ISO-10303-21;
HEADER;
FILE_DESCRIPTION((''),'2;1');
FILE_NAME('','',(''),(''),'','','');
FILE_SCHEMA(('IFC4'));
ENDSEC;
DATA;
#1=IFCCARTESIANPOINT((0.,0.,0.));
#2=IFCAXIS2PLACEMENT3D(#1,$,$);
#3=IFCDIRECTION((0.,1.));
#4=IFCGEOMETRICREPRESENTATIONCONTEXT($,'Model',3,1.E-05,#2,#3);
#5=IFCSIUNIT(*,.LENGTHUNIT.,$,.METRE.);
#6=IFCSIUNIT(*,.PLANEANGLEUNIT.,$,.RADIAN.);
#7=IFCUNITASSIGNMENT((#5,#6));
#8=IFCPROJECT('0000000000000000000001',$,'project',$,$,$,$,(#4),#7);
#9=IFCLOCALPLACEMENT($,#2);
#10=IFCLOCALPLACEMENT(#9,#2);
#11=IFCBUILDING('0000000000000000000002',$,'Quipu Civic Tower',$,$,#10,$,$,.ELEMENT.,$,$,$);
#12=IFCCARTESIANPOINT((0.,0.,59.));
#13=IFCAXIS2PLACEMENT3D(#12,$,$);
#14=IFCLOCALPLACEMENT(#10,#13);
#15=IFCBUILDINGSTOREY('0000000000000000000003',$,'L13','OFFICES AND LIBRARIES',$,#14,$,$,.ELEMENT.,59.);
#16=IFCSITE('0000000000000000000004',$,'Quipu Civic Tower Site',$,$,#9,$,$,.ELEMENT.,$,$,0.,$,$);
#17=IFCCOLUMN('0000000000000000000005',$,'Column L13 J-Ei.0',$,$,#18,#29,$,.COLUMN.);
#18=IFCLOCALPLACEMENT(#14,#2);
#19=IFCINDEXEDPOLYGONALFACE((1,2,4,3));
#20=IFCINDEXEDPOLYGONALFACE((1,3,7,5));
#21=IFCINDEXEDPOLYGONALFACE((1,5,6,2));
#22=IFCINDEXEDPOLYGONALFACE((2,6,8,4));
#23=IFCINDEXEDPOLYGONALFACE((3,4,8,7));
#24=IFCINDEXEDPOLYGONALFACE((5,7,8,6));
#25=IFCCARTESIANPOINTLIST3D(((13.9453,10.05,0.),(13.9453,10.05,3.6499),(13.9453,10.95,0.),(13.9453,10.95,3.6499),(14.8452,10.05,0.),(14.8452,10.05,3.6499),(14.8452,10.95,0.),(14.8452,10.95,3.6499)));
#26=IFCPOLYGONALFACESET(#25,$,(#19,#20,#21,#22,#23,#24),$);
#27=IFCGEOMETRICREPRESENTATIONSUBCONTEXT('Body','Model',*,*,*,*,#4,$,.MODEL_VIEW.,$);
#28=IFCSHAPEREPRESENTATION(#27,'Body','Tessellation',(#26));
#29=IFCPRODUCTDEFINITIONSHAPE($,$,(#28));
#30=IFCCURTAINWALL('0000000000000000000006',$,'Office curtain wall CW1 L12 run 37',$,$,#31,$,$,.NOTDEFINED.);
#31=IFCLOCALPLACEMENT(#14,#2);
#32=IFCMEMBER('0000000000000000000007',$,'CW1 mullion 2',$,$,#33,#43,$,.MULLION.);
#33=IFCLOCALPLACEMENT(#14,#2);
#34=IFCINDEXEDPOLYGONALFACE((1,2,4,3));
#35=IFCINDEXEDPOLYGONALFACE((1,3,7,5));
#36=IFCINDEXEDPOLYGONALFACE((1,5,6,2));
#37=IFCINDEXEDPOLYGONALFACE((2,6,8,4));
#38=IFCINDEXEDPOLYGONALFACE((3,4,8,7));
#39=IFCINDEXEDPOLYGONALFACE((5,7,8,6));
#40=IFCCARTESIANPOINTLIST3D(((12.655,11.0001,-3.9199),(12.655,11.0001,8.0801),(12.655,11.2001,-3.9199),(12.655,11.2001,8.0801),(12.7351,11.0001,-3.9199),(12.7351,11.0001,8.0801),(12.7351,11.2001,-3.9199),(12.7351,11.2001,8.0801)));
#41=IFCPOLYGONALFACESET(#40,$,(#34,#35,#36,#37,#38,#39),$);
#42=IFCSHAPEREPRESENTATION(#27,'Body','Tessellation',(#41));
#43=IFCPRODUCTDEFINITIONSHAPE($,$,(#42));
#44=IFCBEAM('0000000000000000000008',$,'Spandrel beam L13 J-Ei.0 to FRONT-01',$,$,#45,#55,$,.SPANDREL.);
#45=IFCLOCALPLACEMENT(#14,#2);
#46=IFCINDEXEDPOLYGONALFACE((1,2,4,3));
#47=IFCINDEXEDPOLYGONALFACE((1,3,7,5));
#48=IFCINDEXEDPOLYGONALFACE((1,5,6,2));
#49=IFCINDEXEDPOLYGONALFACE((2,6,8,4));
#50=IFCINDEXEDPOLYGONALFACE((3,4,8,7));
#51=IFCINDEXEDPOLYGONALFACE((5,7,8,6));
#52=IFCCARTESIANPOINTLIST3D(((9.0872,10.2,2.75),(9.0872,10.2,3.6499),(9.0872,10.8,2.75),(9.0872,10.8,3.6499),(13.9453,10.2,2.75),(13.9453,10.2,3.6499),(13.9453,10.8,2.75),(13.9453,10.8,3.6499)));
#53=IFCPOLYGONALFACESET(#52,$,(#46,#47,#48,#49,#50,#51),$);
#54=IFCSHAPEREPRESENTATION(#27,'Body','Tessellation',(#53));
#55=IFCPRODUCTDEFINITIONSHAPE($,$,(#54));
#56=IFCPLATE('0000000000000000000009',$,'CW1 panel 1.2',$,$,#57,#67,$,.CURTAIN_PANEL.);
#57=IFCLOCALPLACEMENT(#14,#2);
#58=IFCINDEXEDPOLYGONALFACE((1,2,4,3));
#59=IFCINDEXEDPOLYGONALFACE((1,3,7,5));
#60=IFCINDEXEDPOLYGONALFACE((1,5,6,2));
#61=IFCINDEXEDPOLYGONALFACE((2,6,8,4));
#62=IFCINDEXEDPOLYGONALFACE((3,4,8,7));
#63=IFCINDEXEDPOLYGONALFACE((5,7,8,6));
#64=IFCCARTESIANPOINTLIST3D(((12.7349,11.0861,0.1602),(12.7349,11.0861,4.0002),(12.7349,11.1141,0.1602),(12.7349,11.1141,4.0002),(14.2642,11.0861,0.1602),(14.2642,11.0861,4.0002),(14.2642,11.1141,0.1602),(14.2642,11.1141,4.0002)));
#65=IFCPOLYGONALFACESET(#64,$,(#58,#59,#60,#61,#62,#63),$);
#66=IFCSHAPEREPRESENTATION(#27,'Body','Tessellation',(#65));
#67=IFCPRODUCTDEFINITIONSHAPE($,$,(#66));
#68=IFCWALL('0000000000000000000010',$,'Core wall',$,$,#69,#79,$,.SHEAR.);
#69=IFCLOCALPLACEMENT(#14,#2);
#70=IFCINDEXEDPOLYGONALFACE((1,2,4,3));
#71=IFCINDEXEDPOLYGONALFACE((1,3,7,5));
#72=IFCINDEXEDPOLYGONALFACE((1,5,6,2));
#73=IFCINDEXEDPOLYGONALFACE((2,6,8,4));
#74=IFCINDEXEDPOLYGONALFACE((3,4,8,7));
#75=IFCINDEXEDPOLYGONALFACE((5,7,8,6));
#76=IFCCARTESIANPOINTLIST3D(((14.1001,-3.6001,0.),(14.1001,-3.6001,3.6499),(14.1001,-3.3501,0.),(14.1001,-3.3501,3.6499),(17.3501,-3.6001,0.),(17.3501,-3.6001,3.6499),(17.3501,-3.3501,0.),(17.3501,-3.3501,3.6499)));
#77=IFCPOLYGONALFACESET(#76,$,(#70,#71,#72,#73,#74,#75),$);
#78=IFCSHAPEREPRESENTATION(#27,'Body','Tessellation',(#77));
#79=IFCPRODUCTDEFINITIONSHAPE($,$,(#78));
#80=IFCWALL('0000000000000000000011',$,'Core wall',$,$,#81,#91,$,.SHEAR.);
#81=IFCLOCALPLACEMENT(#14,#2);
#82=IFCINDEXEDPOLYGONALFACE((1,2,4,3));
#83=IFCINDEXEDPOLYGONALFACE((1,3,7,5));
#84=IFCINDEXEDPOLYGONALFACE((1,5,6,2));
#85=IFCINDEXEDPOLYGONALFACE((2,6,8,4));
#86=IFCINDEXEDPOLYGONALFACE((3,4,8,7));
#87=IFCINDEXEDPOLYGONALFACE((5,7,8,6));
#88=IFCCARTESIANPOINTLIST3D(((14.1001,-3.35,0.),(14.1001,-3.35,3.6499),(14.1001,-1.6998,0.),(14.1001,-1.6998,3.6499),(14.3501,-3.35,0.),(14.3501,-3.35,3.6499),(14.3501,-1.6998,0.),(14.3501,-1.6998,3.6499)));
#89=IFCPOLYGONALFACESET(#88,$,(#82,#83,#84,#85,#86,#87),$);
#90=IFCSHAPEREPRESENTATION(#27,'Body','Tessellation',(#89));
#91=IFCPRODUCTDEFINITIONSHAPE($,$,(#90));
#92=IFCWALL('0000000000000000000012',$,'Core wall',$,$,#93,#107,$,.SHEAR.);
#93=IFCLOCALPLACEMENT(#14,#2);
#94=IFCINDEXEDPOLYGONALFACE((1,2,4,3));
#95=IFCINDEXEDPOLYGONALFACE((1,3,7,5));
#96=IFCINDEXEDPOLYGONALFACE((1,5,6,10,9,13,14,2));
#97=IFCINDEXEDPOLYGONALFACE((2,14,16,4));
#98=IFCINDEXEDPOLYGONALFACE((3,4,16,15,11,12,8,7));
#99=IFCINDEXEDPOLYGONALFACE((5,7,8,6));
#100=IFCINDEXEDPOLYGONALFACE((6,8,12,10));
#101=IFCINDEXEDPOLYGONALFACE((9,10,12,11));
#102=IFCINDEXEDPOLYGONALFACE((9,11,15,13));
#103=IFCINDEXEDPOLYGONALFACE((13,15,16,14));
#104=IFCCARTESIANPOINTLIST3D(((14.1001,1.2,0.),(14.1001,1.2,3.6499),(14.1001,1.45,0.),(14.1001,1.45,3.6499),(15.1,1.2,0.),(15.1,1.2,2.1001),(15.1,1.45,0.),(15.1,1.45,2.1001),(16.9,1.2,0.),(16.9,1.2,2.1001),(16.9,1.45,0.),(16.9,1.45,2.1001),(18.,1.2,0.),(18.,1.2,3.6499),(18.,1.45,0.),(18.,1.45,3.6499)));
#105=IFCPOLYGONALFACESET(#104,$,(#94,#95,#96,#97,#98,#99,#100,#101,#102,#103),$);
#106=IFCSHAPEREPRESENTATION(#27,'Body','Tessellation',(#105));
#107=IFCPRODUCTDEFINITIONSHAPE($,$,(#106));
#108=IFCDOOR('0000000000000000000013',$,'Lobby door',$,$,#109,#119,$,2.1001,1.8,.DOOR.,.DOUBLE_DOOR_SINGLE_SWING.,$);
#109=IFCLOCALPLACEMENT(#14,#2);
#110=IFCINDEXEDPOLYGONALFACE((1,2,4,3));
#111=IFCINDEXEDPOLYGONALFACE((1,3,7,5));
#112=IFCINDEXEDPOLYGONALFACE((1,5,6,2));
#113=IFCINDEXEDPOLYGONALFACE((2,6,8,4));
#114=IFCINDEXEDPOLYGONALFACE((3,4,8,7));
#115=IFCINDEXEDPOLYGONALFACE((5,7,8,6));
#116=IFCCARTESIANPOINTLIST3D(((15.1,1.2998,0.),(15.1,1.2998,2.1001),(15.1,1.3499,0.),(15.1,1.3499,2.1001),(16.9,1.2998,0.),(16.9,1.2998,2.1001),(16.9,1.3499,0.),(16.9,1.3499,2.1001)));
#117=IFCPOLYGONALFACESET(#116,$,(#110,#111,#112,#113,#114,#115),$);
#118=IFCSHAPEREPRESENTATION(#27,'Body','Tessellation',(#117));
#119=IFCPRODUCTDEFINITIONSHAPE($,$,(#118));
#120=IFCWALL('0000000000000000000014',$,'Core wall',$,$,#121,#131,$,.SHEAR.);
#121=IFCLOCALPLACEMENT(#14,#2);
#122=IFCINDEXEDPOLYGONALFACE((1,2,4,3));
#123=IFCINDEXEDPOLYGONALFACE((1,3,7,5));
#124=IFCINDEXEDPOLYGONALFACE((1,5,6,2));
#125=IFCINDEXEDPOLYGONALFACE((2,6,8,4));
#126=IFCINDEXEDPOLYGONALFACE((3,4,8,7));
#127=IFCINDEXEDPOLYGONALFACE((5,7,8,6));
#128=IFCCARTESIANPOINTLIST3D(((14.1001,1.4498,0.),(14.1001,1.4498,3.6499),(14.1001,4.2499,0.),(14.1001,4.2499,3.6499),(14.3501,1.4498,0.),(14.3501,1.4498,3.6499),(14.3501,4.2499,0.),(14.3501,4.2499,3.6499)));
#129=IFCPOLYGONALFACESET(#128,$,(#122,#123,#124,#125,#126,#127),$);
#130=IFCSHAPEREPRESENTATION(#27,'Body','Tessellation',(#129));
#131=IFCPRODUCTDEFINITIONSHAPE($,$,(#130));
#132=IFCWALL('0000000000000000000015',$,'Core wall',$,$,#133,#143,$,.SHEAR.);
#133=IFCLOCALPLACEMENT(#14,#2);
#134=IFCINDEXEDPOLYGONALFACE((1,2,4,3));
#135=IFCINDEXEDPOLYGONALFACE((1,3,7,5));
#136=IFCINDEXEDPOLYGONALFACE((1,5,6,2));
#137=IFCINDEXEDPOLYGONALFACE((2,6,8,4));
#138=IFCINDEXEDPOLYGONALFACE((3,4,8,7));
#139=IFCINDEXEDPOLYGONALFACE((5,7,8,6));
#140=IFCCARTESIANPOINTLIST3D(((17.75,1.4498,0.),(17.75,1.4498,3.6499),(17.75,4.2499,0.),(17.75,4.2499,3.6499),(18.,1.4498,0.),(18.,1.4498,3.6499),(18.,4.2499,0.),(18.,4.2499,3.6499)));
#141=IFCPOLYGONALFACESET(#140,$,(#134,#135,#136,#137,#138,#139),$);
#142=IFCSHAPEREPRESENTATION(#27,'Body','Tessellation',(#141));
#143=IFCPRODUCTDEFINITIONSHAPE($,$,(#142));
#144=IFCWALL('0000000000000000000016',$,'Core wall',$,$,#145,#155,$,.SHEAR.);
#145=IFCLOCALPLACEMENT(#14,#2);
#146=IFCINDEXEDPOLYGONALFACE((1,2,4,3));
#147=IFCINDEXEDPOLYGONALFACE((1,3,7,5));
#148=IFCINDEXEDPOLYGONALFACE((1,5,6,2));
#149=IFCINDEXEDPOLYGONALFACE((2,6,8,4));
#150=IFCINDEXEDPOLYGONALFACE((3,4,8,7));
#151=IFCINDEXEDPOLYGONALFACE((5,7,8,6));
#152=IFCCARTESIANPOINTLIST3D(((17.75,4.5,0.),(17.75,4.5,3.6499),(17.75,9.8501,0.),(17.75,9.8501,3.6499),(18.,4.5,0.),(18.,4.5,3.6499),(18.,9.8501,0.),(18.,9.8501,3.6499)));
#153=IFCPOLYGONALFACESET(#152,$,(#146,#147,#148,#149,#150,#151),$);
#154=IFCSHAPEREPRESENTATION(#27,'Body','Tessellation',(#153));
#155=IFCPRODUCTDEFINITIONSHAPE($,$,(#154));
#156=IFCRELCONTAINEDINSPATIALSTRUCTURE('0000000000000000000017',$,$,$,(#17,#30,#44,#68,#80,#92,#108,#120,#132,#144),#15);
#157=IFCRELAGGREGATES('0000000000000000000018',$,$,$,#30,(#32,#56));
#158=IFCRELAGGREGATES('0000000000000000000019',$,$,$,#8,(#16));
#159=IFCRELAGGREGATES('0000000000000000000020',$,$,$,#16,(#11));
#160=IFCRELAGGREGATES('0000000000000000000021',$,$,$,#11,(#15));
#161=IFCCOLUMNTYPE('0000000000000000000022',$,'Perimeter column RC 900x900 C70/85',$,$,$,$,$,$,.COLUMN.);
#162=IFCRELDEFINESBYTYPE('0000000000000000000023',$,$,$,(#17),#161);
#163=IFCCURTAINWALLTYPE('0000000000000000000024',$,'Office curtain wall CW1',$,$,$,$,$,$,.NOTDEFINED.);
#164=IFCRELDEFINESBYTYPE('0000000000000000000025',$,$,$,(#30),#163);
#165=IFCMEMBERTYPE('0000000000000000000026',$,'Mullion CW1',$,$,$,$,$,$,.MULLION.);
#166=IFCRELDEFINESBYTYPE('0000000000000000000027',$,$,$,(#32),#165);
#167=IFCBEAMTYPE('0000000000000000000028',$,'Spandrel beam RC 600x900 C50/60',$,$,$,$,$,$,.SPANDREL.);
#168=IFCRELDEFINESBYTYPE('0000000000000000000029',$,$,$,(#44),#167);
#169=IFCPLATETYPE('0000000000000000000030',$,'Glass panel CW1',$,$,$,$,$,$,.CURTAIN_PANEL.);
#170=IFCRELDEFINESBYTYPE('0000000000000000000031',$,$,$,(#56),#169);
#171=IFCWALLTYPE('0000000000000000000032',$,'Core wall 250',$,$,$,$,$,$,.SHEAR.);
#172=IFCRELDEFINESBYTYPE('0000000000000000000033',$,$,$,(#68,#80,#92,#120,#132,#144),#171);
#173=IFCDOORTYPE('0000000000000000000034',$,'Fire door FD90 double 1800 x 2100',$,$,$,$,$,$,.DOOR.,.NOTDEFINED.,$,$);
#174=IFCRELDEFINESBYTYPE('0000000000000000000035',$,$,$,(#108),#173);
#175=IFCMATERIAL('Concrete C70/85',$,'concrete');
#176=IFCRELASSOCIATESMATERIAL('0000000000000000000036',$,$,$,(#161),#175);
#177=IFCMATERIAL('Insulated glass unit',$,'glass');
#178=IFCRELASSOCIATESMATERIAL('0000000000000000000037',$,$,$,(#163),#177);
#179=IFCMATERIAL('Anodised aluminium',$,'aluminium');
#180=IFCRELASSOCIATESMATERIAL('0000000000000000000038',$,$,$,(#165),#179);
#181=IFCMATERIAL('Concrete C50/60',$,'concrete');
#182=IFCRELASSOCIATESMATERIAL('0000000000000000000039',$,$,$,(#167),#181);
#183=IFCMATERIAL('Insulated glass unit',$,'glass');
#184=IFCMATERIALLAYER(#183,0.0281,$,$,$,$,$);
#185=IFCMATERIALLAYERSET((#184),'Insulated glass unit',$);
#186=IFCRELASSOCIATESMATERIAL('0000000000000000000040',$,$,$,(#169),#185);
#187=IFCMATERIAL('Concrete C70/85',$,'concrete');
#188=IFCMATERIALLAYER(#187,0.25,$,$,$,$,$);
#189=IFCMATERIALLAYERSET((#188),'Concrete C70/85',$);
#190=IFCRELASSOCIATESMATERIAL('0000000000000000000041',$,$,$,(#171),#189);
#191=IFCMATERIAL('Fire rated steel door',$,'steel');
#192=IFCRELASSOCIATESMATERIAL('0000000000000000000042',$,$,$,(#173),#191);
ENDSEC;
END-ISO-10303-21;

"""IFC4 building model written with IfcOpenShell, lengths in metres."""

from ifc_helpers import new_model, si_unit, direction, frame, frame_2d, origin, origin_2d, place, context, subcontext, project, spatial, rectangle, extrude, material, layer, layer_set, material_profile, profile_set, type_object, element, fill, aggregate, save


model = new_model("IFC4")

# Units and contexts
model_context = context("Model", 3, precision=1e-05, world=origin(), true_north=direction((0.0, 1.0)))
body_context = subcontext(model_context, "Body", "Model", "MODEL_VIEW")
ifc_project = project(units=[si_unit("LENGTHUNIT", "METRE"), si_unit("PLANEANGLEUNIT", "RADIAN")], contexts=[model_context])

# Site, building, storey
site_placement = place(None, origin())
site = spatial("IfcSite", under=ifc_project, at=site_placement, Name="Quipu Civic Tower Site", CompositionType="ELEMENT", RefElevation=0.0)
building_placement = place(site_placement, origin())
building = spatial("IfcBuilding", under=site, at=building_placement, Name="Quipu Civic Tower", CompositionType="ELEMENT")
storey_placement = place(building_placement, frame((0.0, 0.0, 59.0)))
storey = spatial("IfcBuildingStorey", under=building, at=storey_placement, Name="L13", Description="OFFICES AND LIBRARIES", CompositionType="ELEMENT", Elevation=59.0)

# Column
ifc_material_1 = material(Name="Concrete C70/85", Category="concrete")
ifc_material_profile_1 = material_profile(ifc_material_1, rectangle(XDim=0.8999, YDim=0.8999, at=origin_2d()), Name="RC900x900")
ifc_profile_set_1 = profile_set([ifc_material_profile_1], Name="Concrete C70/85")
column_type = type_object("IfcColumnType", Name="Perimeter column RC 900x900 C70/85", PredefinedType="COLUMN", material=ifc_profile_set_1)
column_placement = place(storey_placement, frame((14.3953, 10.5, 0.0), z_axis=(0.0, 0.0, 1.0), x_axis=(-1.0, 0.0, 0.0)))
element("IfcColumn", 1, at=column_placement, inside=storey, type_object=column_type, Name="Column L13 J-Ei.0", PredefinedType="COLUMN", context=body_context, shape_type="SweptSolid", body=[
    extrude(rectangle(XDim=0.8999, YDim=0.8999, at=origin_2d()), origin(), (0.0, 0.0, 1.0), 3.6499),
])

# Curtain wall, member
ifc_material_2 = material(Name="Insulated glass unit", Category="glass")
curtain_wall_type = type_object("IfcCurtainWallType", Name="Office curtain wall CW1", PredefinedType="NOTDEFINED", material=ifc_material_2)
curtain_wall_placement = place(storey_placement, origin())
curtain_wall = element("IfcCurtainWall", 2, at=curtain_wall_placement, inside=storey, type_object=curtain_wall_type, Name="Office curtain wall CW1 L12 run 37", PredefinedType="NOTDEFINED")
ifc_material_3 = material(Name="Anodised aluminium", Category="aluminium")
ifc_material_profile_2 = material_profile(ifc_material_3, rectangle(XDim=0.2, YDim=0.0801, at=origin_2d()), Name="RECT 200x80")
ifc_profile_set_2 = profile_set([ifc_material_profile_2], Name="Anodised aluminium")
member_type = type_object("IfcMemberType", Name="Mullion CW1", PredefinedType="MULLION", material=ifc_profile_set_2)
member_placement = place(storey_placement, frame((12.6951, 11.1001, -3.9199), z_axis=(0.0, 0.0, 1.0), x_axis=(0.0, -1.0, 0.0)))
member = element("IfcMember", 3, at=member_placement, type_object=member_type, Name="CW1 mullion 2", PredefinedType="MULLION", context=body_context, shape_type="SweptSolid", body=[
    extrude(rectangle(XDim=0.2, YDim=0.0801, at=origin_2d()), origin(), (0.0, 0.0, 1.0), 12.0),
])

# Beam
ifc_material_4 = material(Name="Concrete C50/60", Category="concrete")
ifc_material_profile_3 = material_profile(ifc_material_4, rectangle(XDim=0.6001, YDim=0.8999, at=origin_2d()), Name="RC600x900")
ifc_profile_set_3 = profile_set([ifc_material_profile_3], Name="Concrete C50/60")
beam_type = type_object("IfcBeamType", Name="Spandrel beam RC 600x900 C50/60", PredefinedType="SPANDREL", material=ifc_profile_set_3)
beam_placement = place(storey_placement, frame((13.9453, 10.5, 3.2), z_axis=(-1.0, 0.0, 0.0), x_axis=(0.0, -1.0, 0.0)))
element("IfcBeam", 4, at=beam_placement, inside=storey, type_object=beam_type, Name="Spandrel beam L13 J-Ei.0 to FRONT-01", PredefinedType="SPANDREL", context=body_context, shape_type="SweptSolid", body=[
    extrude(rectangle(XDim=0.6001, YDim=0.8999, at=origin_2d()), origin(), (0.0, 0.0, 1.0), 4.8582),
])

# Plate
ifc_material_5 = material(Name="Insulated glass unit", Category="glass")
ifc_layer_1 = layer(ifc_material_5, 0.0281)
ifc_layer_set_1 = layer_set([ifc_layer_1], Name="Insulated glass unit")
plate_type = type_object("IfcPlateType", Name="Glass panel CW1", PredefinedType="CURTAIN_PANEL", material=ifc_layer_set_1)
plate_placement = place(storey_placement, frame((13.4995, 11.1001, 0.1602), z_axis=(0.0, 0.0, 1.0), x_axis=(-1.0, 0.0, 0.0)))
plate = element("IfcPlate", 5, at=plate_placement, type_object=plate_type, Name="CW1 panel 1.2", PredefinedType="CURTAIN_PANEL", context=body_context, shape_type="SweptSolid", body=[
    extrude(rectangle(XDim=1.5293, YDim=0.0281, at=origin_2d()), origin(), (0.0, 0.0, 1.0), 3.8401),
])
aggregate(curtain_wall, [member, plate])

# Walls
ifc_material_6 = material(Name="Concrete C70/85", Category="concrete")
ifc_layer_2 = layer(ifc_material_6, 0.25)
ifc_layer_set_2 = layer_set([ifc_layer_2], Name="Concrete C70/85")
wall_type_1 = type_object("IfcWallType", Name="Core wall 250", PredefinedType="SHEAR", material=ifc_layer_set_2)
wall_1_placement = place(storey_placement, frame((14.1001, -3.4751, 0.0), z_axis=(0.0, 0.0, 1.0), x_axis=(1.0, 0.0, 0.0)))
element("IfcWall", 6, at=wall_1_placement, inside=storey, type_object=wall_type_1, Name="Core wall", PredefinedType="SHEAR", context=body_context, shape_type="SweptSolid", body=[
    extrude(rectangle(XDim=3.25, YDim=0.25, at=frame_2d((1.625, 0.0))), origin(), (0.0, 0.0, 1.0), 3.6499),
])
wall_2_placement = place(storey_placement, frame((14.2251, -3.3501, 0.0), z_axis=(0.0, 0.0, 1.0), x_axis=(0.0, 1.0, 0.0)))
element("IfcWall", 7, at=wall_2_placement, inside=storey, type_object=wall_type_1, Name="Core wall", PredefinedType="SHEAR", context=body_context, shape_type="SweptSolid", body=[
    extrude(rectangle(XDim=1.6501, YDim=0.25, at=frame_2d((0.8252, 0.0))), origin(), (0.0, 0.0, 1.0), 3.6499),
])

# Wall, opening, door
wall_3_placement = place(storey_placement, frame((14.1001, 1.325, 0.0), z_axis=(0.0, 0.0, 1.0), x_axis=(1.0, 0.0, 0.0)))
wall_3 = element("IfcWall", 8, at=wall_3_placement, inside=storey, type_object=wall_type_1, Name="Core wall", PredefinedType="SHEAR", context=body_context, shape_type="SweptSolid", body=[
    extrude(rectangle(XDim=3.8999, YDim=0.25, at=frame_2d((1.95, 0.0))), origin(), (0.0, 0.0, 1.0), 3.6499),
])
opening_1_placement = place(wall_3_placement, frame((1.0, 0.0, 0.0)))
opening_1 = element("IfcOpeningElement", 9, at=opening_1_placement, cuts=wall_3, PredefinedType="OPENING", context=body_context, shape_type="SweptSolid", body=[
    extrude(rectangle(XDim=1.8, YDim=2.1001, at=frame_2d((0.8999, 1.05))), frame((0.0, 0.135, 0.0), z_axis=(0.0, -1.0, 0.0), x_axis=(1.0, 0.0, 0.0)), (0.0, 0.0, 1.0), 0.27),
])
ifc_material_7 = material(Name="Fire rated steel door", Category="steel")
door_type_1 = type_object("IfcDoorType", Name="Fire door FD90 double 1800 x 2100", OperationType="NOTDEFINED", PredefinedType="DOOR", material=ifc_material_7)
door_1_placement = place(opening_1_placement, origin())
door_1 = element("IfcDoor", 10, at=door_1_placement, inside=storey, type_object=door_type_1, Name="Lobby door", OperationType="DOUBLE_DOOR_SINGLE_SWING", OverallHeight=2.1001, OverallWidth=1.8, PredefinedType="DOOR", context=body_context, shape_type="SweptSolid", body=[
    extrude(rectangle(XDim=1.8, YDim=2.1001, at=frame_2d((0.8999, 1.05))), frame((0.0, 0.0249, 0.0), z_axis=(0.0, -1.0, 0.0), x_axis=(1.0, 0.0, 0.0)), (0.0, 0.0, 1.0), 0.05),
])
fill(opening_1, door_1)

# Walls
for number, where, z_axis, x_axis, name in (
    (11, (14.2251, 1.45, 0.0), (0.0, 0.0, 1.0), (0.0, 1.0, 0.0), "Core wall"),
    (12, (17.875, 1.45, 0.0), (0.0, 0.0, 1.0), (0.0, 1.0, 0.0), "Core wall"),
):
    element("IfcWall", number, at=place(storey_placement, frame(where, z_axis=z_axis, x_axis=x_axis)), inside=storey, type_object=wall_type_1, Name=name, PredefinedType="SHEAR", context=body_context, shape_type="SweptSolid", body=[
        extrude(rectangle(XDim=2.8, YDim=0.25, at=frame_2d((1.3999, 0.0))), origin(), (0.0, 0.0, 1.0), 3.6499),
    ])
wall_4_placement = place(storey_placement, frame((17.875, 4.5, 0.0), z_axis=(0.0, 0.0, 1.0), x_axis=(0.0, 1.0, 0.0)))
element("IfcWall", 13, at=wall_4_placement, inside=storey, type_object=wall_type_1, Name="Core wall", PredefinedType="SHEAR", context=body_context, shape_type="SweptSolid", body=[
    extrude(rectangle(XDim=5.3501, YDim=0.25, at=frame_2d((2.675, 0.0))), origin(), (0.0, 0.0, 1.0), 3.6499),
])

save(model, "model.ifc")
